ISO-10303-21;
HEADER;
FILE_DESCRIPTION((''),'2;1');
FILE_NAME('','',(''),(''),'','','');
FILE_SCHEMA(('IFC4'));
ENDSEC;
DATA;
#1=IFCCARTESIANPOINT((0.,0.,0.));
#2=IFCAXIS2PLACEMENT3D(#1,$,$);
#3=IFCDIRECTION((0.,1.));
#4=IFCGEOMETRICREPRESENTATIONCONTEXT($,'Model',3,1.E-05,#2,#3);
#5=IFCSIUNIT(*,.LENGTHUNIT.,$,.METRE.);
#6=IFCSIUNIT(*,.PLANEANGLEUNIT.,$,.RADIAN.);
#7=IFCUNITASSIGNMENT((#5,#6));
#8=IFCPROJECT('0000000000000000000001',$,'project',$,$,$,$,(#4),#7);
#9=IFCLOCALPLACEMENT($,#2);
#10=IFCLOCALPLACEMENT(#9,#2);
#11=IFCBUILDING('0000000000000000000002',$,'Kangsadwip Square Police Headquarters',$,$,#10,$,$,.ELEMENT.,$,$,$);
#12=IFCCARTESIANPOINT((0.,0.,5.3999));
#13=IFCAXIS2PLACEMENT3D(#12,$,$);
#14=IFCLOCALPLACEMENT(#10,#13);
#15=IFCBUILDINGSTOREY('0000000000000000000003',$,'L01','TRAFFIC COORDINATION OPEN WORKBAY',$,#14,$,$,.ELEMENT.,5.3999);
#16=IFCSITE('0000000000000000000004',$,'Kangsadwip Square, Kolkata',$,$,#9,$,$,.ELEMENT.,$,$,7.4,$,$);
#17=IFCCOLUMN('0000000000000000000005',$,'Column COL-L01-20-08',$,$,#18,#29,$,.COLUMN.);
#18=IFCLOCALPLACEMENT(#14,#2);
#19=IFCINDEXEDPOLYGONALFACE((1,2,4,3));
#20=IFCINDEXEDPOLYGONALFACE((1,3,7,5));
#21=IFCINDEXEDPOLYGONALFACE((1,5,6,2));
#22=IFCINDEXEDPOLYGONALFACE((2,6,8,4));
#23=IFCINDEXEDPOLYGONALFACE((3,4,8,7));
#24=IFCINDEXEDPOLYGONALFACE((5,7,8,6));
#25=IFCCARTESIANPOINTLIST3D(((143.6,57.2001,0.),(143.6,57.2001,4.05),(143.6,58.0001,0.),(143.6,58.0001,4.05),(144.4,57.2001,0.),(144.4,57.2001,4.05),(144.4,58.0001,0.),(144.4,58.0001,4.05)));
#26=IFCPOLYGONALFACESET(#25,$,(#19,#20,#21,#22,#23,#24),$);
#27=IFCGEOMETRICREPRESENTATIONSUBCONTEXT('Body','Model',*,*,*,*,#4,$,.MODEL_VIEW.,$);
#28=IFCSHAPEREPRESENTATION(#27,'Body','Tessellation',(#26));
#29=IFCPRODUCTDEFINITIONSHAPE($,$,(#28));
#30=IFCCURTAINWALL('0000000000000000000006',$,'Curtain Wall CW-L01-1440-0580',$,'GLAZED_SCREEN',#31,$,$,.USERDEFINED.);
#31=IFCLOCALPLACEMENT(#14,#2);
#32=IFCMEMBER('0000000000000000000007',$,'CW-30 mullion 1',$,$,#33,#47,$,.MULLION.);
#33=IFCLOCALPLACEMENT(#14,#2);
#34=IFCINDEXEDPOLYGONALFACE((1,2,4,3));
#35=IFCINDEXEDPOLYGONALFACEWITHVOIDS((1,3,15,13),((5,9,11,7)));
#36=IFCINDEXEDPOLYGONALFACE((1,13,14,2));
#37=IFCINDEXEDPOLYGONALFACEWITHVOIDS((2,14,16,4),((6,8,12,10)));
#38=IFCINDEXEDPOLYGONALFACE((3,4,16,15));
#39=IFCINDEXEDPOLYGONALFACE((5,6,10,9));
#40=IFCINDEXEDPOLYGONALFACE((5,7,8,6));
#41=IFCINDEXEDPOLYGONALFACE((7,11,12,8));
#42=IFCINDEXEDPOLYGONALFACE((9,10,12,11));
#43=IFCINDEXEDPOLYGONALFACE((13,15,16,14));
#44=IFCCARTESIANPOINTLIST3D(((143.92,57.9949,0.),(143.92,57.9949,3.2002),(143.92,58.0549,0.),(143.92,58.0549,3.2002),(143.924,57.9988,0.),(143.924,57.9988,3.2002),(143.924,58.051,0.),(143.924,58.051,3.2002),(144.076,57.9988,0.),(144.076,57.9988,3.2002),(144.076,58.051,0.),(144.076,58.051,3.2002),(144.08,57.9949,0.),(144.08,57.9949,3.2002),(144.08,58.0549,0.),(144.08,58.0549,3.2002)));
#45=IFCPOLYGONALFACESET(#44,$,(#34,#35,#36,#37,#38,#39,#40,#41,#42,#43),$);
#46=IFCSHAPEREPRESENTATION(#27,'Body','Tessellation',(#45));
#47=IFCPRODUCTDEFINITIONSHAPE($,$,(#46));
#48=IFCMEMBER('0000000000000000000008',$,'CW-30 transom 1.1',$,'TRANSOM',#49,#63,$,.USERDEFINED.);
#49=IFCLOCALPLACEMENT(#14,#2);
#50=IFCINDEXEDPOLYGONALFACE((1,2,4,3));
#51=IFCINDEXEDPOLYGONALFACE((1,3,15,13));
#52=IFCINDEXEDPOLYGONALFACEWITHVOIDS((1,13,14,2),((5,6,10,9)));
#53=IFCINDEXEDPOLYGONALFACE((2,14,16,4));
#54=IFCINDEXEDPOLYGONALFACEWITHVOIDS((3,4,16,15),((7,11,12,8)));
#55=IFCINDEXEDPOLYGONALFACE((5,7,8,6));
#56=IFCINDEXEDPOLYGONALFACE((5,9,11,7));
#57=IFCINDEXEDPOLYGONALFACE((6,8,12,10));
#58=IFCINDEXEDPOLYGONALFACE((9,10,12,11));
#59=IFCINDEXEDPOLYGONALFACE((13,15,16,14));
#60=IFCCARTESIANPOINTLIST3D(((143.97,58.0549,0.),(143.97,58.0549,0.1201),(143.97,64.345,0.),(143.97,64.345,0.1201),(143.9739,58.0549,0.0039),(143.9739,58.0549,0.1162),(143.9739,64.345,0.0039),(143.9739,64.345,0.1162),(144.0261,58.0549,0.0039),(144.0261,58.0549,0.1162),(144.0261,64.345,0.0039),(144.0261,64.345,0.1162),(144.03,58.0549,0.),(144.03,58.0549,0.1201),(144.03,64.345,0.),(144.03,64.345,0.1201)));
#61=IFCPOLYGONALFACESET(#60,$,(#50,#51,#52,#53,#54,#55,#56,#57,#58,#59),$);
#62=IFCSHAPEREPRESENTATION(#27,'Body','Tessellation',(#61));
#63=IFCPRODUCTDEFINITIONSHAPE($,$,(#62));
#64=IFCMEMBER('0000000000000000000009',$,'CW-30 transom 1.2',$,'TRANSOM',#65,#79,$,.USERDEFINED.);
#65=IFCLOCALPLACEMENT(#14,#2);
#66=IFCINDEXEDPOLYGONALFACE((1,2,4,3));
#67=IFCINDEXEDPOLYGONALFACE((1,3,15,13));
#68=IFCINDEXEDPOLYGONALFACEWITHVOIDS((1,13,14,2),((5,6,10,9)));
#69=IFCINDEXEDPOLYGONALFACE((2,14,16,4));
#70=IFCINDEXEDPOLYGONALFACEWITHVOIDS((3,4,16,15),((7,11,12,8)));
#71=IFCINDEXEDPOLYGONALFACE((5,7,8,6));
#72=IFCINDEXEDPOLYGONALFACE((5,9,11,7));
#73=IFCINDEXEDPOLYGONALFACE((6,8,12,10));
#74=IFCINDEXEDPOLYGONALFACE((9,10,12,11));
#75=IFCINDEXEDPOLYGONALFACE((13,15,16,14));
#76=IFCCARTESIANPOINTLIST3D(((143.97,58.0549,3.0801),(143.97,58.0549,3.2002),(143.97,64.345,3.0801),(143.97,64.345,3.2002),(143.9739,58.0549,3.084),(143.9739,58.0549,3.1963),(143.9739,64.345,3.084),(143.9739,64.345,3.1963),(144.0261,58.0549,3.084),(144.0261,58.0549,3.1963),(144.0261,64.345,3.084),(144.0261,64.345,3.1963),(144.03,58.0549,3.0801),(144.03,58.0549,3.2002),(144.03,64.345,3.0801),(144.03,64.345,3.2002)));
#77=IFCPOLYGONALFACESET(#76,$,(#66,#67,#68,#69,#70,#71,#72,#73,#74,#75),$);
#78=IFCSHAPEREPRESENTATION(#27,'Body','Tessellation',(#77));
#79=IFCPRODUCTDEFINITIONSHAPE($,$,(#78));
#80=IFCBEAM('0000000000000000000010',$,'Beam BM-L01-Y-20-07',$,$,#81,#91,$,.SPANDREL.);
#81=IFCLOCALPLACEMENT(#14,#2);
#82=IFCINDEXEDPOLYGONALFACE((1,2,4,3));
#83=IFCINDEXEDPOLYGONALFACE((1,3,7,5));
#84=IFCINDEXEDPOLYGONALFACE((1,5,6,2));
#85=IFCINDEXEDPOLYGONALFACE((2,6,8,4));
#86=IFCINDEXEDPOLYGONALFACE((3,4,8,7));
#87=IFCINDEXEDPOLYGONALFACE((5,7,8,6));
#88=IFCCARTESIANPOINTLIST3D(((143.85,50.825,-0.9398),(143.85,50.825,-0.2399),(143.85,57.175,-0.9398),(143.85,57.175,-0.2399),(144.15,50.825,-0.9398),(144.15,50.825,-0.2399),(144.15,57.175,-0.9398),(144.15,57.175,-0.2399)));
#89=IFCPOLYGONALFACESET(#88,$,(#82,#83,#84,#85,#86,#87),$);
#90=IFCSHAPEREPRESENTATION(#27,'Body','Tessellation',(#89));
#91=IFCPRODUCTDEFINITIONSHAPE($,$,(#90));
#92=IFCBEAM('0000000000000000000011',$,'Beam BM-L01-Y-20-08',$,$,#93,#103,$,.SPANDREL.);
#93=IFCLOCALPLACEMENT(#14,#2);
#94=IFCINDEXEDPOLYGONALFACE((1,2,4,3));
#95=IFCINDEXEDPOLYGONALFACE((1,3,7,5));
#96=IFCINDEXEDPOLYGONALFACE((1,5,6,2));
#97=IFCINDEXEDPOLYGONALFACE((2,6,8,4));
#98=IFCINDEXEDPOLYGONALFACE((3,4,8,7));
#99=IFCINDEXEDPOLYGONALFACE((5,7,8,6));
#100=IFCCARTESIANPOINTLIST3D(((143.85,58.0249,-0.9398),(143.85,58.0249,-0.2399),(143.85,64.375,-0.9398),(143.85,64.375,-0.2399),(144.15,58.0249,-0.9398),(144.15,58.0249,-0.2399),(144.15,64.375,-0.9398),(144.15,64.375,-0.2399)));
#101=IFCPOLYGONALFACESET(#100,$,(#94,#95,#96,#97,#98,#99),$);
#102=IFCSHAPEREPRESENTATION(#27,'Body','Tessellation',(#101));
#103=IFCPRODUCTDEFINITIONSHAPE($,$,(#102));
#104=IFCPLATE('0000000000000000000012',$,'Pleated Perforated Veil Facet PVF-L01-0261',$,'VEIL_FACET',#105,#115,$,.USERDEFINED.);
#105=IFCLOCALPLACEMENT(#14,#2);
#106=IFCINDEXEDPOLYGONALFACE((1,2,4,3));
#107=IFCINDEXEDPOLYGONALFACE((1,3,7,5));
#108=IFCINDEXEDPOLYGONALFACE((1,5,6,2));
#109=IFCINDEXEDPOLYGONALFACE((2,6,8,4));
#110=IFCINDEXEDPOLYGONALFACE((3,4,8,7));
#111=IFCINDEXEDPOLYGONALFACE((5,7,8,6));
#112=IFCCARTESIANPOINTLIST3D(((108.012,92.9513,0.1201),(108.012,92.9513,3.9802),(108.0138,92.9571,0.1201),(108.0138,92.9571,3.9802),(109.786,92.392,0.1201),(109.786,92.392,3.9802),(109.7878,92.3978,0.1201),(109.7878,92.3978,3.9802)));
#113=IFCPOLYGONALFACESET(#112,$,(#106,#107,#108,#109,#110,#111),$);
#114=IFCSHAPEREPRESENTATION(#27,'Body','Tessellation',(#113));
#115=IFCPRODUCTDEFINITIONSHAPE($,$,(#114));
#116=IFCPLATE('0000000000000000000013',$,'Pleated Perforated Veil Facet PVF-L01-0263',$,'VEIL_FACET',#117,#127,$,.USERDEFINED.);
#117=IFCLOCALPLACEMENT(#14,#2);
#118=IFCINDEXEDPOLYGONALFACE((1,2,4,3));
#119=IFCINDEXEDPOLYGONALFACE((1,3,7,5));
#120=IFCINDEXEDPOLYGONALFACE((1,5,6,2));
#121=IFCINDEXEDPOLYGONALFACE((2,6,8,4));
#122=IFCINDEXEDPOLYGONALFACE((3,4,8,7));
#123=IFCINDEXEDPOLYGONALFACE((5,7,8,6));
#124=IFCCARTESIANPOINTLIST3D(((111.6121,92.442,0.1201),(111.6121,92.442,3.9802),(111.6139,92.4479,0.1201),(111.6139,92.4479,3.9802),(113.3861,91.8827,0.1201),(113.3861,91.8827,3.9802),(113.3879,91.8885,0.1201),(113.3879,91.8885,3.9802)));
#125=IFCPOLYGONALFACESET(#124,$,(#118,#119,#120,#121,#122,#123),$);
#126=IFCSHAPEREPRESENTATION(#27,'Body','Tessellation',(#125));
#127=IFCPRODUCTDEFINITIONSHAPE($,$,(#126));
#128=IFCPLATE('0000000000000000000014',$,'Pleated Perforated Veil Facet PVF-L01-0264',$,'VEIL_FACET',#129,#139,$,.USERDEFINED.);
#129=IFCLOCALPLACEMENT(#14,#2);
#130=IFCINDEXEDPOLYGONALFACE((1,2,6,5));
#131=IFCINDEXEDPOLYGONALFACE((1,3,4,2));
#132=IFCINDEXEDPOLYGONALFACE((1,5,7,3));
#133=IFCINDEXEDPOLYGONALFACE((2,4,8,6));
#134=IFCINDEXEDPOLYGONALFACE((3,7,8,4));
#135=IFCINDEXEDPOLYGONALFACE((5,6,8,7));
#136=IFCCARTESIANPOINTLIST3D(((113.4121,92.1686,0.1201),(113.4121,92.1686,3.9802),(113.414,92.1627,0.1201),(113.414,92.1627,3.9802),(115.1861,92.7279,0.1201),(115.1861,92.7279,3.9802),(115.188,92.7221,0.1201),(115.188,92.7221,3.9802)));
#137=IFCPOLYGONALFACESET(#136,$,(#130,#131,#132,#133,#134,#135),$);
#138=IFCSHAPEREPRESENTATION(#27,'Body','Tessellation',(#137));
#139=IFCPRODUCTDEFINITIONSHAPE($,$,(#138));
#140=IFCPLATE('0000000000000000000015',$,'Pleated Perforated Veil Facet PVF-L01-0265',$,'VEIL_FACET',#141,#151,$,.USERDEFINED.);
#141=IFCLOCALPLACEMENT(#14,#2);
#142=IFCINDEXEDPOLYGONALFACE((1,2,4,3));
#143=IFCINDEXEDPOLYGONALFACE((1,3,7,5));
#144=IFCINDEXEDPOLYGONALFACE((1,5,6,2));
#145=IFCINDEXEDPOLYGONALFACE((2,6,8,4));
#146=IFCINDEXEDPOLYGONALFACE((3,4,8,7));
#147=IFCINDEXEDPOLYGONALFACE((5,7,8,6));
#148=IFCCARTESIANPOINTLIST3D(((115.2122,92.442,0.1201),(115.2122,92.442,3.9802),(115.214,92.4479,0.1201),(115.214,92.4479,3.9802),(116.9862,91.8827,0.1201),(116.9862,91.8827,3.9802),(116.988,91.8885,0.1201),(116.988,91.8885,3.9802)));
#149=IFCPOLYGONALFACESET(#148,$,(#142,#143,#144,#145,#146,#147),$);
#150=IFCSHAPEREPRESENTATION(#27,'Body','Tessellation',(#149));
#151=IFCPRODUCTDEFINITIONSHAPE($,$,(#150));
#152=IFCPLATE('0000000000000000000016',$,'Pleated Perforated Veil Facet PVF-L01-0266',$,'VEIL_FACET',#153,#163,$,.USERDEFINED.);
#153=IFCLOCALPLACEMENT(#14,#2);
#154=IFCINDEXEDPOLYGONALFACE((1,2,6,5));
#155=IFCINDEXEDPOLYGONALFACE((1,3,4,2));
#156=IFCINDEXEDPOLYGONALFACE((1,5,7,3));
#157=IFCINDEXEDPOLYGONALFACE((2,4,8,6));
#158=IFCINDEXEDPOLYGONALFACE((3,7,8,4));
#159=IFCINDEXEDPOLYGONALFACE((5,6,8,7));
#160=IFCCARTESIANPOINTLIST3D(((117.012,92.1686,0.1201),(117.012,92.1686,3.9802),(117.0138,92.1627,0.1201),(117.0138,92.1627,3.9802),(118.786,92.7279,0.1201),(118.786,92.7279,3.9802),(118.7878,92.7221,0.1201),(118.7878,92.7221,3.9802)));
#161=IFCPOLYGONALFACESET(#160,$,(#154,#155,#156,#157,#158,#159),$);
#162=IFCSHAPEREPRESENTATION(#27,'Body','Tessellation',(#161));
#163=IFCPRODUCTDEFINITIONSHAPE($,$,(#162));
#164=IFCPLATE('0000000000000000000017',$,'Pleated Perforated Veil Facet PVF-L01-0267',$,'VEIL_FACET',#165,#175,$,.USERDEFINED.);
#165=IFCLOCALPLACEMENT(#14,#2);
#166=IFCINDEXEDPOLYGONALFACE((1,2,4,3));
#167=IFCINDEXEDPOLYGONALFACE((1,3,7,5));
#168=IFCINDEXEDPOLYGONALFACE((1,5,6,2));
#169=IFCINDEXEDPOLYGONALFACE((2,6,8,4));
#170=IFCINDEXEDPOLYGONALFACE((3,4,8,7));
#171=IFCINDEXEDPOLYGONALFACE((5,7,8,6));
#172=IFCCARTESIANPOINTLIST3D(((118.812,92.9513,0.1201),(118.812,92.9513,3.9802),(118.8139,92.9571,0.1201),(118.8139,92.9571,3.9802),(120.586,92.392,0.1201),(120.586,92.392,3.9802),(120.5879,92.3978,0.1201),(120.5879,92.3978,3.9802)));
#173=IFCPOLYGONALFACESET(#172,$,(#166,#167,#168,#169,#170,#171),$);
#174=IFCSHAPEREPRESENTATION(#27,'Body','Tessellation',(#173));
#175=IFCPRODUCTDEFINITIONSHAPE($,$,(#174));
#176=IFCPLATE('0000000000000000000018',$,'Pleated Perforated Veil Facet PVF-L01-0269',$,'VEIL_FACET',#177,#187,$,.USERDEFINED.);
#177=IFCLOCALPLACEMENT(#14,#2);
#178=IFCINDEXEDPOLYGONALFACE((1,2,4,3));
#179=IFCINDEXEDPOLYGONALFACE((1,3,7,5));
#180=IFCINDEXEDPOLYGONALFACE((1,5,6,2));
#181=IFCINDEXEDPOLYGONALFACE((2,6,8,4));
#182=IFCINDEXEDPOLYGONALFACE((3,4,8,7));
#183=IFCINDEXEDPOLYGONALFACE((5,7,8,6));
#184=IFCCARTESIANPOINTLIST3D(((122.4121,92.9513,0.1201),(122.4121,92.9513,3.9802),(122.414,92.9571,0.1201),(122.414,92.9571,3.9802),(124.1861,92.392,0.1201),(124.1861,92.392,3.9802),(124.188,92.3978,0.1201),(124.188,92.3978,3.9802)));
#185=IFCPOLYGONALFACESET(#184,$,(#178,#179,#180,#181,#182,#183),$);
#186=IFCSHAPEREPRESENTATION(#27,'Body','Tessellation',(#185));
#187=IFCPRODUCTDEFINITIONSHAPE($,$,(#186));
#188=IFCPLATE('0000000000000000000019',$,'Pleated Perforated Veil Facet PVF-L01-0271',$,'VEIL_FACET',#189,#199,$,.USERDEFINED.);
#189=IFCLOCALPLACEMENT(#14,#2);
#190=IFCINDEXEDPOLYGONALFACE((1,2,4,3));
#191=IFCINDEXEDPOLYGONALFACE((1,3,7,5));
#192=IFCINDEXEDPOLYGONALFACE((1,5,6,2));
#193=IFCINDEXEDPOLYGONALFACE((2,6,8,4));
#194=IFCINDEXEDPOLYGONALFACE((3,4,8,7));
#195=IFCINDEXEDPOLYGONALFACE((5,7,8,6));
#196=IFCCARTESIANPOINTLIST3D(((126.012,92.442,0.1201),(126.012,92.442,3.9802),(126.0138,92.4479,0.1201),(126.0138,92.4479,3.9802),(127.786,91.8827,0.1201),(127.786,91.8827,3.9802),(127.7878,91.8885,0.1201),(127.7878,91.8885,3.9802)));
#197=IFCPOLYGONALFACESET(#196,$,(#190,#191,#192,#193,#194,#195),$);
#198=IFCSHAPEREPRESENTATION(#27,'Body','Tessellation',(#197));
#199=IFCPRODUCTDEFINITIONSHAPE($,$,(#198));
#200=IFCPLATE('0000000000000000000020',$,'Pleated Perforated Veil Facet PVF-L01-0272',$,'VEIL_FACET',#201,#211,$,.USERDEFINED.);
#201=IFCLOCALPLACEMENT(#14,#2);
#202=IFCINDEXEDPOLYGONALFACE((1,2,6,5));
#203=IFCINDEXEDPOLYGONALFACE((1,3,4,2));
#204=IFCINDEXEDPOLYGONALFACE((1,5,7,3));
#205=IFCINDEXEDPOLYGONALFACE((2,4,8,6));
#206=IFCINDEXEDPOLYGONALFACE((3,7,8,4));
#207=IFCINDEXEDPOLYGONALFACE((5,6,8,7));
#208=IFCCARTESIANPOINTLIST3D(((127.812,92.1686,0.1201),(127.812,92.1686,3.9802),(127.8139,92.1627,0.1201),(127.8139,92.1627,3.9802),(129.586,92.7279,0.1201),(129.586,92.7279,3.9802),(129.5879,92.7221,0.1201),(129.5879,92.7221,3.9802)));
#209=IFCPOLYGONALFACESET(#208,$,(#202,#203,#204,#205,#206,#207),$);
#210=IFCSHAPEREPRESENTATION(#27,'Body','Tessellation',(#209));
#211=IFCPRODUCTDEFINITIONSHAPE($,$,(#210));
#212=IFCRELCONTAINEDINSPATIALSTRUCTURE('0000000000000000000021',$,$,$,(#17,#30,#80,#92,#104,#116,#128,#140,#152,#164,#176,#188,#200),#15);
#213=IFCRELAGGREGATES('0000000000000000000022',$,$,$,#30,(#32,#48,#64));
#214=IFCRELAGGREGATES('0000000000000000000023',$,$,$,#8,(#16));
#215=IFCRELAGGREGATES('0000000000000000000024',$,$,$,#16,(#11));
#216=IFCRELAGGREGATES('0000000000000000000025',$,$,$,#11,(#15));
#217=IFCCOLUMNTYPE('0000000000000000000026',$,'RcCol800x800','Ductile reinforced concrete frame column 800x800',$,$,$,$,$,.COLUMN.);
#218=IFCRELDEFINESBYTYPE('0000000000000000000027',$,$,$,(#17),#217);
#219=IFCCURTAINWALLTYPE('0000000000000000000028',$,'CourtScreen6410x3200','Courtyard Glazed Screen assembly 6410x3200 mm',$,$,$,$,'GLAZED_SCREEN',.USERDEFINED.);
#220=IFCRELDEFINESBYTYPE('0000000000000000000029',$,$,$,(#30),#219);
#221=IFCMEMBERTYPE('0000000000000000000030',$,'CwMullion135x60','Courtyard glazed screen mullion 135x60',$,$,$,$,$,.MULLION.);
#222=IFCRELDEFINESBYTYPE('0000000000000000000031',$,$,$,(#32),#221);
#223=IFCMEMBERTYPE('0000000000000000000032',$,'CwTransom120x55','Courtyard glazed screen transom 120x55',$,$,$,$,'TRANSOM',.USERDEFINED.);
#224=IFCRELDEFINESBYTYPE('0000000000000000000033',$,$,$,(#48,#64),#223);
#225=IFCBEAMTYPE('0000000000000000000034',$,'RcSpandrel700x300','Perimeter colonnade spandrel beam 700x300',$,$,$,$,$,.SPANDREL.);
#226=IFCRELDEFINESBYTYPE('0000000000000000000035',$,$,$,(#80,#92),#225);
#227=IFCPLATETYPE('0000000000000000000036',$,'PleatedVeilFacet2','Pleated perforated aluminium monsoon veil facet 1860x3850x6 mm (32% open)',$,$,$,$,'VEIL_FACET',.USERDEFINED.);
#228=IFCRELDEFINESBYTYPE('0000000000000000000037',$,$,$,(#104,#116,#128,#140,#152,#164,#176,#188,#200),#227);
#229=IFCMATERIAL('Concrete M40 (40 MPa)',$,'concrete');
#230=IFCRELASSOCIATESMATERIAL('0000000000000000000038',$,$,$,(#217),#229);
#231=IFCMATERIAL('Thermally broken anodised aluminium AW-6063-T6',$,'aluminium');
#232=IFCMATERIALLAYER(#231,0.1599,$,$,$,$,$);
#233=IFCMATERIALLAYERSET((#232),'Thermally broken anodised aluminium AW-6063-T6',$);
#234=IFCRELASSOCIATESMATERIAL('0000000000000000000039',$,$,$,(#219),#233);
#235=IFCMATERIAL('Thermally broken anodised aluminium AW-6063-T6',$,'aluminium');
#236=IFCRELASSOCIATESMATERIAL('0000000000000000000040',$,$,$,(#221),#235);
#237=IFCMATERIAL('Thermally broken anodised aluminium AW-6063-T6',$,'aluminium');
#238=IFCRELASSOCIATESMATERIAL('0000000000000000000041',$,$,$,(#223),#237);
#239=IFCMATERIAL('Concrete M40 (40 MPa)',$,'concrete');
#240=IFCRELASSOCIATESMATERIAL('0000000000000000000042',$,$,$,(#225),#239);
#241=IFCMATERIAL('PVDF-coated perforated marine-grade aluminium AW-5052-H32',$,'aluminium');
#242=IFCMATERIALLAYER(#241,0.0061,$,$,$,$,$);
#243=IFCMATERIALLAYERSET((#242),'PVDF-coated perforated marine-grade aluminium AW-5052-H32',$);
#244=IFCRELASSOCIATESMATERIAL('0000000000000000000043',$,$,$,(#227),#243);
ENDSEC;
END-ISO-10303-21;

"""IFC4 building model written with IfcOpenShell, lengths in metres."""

from ifc_helpers import new_model, si_unit, direction, frame, origin, origin_2d, place, context, subcontext, project, spatial, rectangle, hollow_rectangle, extrude, material, layer, layer_set, material_profile, profile_set, type_object, element, aggregate, save


model = new_model("IFC4")

# Units and contexts
model_context = context("Model", 3, precision=1e-05, world=origin(), true_north=direction((0.0, 1.0)))
body_context = subcontext(model_context, "Body", "Model", "MODEL_VIEW")
ifc_project = project(units=[si_unit("LENGTHUNIT", "METRE"), si_unit("PLANEANGLEUNIT", "RADIAN")], contexts=[model_context])

# Site, building, storey
site_placement = place(None, origin())
site = spatial("IfcSite", under=ifc_project, at=site_placement, Name="Kangsadwip Square, Kolkata", CompositionType="ELEMENT", RefElevation=7.4)
building_placement = place(site_placement, origin())
building = spatial("IfcBuilding", under=site, at=building_placement, Name="Kangsadwip Square Police Headquarters", CompositionType="ELEMENT")
storey_placement = place(building_placement, frame((0.0, 0.0, 5.3999)))
storey = spatial("IfcBuildingStorey", under=building, at=storey_placement, Name="L01", Description="TRAFFIC COORDINATION OPEN WORKBAY", CompositionType="ELEMENT", Elevation=5.3999)

# Column
ifc_material_1 = material(Name="Concrete M40 (40 MPa)", Category="concrete")
ifc_material_profile_1 = material_profile(ifc_material_1, rectangle(XDim=0.8, YDim=0.8, at=origin_2d()), Name="RC COL 800X800")
ifc_profile_set_1 = profile_set([ifc_material_profile_1], Name="Concrete M40 (40 MPa)")
column_type = type_object("IfcColumnType", Name="RcCol800x800", Description="Ductile reinforced concrete frame column 800x800", PredefinedType="COLUMN", material=ifc_profile_set_1)
column_placement = place(storey_placement, frame((144.0, 57.6001, 0.0), z_axis=(0.0, 0.0, 1.0), x_axis=(1.0, 0.0, 0.0)))
element("IfcColumn", 1, at=column_placement, inside=storey, type_object=column_type, Name="Column COL-L01-20-08", PredefinedType="COLUMN", context=body_context, shape_type="SweptSolid", body=[
    extrude(rectangle(XDim=0.8, YDim=0.8, at=origin_2d()), origin(), (0.0, 0.0, 1.0), 4.05),
])

# Curtain wall, members
ifc_material_2 = material(Name="Thermally broken anodised aluminium AW-6063-T6", Category="aluminium")
ifc_layer_1 = layer(ifc_material_2, 0.1599)
ifc_layer_set_1 = layer_set([ifc_layer_1], Name="Thermally broken anodised aluminium AW-6063-T6")
curtain_wall_type = type_object("IfcCurtainWallType", Name="CourtScreen6410x3200", Description="Courtyard Glazed Screen assembly 6410x3200 mm", ElementType="GLAZED_SCREEN", PredefinedType="USERDEFINED", material=ifc_layer_set_1)
curtain_wall_placement = place(storey_placement, origin())
curtain_wall = element("IfcCurtainWall", 2, at=curtain_wall_placement, inside=storey, type_object=curtain_wall_type, Name="Curtain Wall CW-L01-1440-0580", ObjectType="GLAZED_SCREEN", PredefinedType="USERDEFINED")
ifc_material_3 = material(Name="Thermally broken anodised aluminium AW-6063-T6", Category="aluminium")
ifc_material_profile_2 = material_profile(ifc_material_3, hollow_rectangle(XDim=0.0601, YDim=0.1599, WallThickness=0.0039, at=origin_2d()), Name="CWM 160X60X4")
ifc_profile_set_2 = profile_set([ifc_material_profile_2], Name="Thermally broken anodised aluminium AW-6063-T6")
member_type_1 = type_object("IfcMemberType", Name="CwMullion135x60", Description="Courtyard glazed screen mullion 135x60", PredefinedType="MULLION", material=ifc_profile_set_2)
member_1_placement = place(storey_placement, frame((144.0, 58.0249, 0.0), z_axis=(0.0, 0.0, 1.0), x_axis=(0.0, 1.0, 0.0)))
member_1 = element("IfcMember", 3, at=member_1_placement, type_object=member_type_1, Name="CW-30 mullion 1", PredefinedType="MULLION", context=body_context, shape_type="SweptSolid", body=[
    extrude(hollow_rectangle(XDim=0.0601, YDim=0.1599, WallThickness=0.0039, at=origin_2d()), origin(), (0.0, 0.0, 1.0), 3.2002),
])
ifc_material_4 = material(Name="Thermally broken anodised aluminium AW-6063-T6", Category="aluminium")
ifc_material_profile_3 = material_profile(ifc_material_4, hollow_rectangle(XDim=0.0601, YDim=0.1201, WallThickness=0.0039, at=origin_2d()), Name="CWT 120X60X4")
ifc_profile_set_3 = profile_set([ifc_material_profile_3], Name="Thermally broken anodised aluminium AW-6063-T6")
member_type_2 = type_object("IfcMemberType", Name="CwTransom120x55", Description="Courtyard glazed screen transom 120x55", ElementType="TRANSOM", PredefinedType="USERDEFINED", material=ifc_profile_set_3)
member_2_placement = place(storey_placement, frame((144.0, 58.0549, 0.0601), z_axis=(0.0, 1.0, 0.0), x_axis=(-1.0, 0.0, 0.0)))
member_2 = element("IfcMember", 4, at=member_2_placement, type_object=member_type_2, Name="CW-30 transom 1.1", ObjectType="TRANSOM", PredefinedType="USERDEFINED", context=body_context, shape_type="SweptSolid", body=[
    extrude(hollow_rectangle(XDim=0.0601, YDim=0.1201, WallThickness=0.0039, at=origin_2d()), origin(), (0.0, 0.0, 1.0), 6.29),
])
member_3_placement = place(storey_placement, frame((144.0, 58.0549, 3.1401), z_axis=(0.0, 1.0, 0.0), x_axis=(-1.0, 0.0, 0.0)))
member_3 = element("IfcMember", 5, at=member_3_placement, type_object=member_type_2, Name="CW-30 transom 1.2", ObjectType="TRANSOM", PredefinedType="USERDEFINED", context=body_context, shape_type="SweptSolid", body=[
    extrude(hollow_rectangle(XDim=0.0601, YDim=0.1201, WallThickness=0.0039, at=origin_2d()), origin(), (0.0, 0.0, 1.0), 6.29),
])
aggregate(curtain_wall, [member_1, member_2, member_3])

# Beams
ifc_material_5 = material(Name="Concrete M40 (40 MPa)", Category="concrete")
ifc_material_profile_4 = material_profile(ifc_material_5, rectangle(XDim=0.3, YDim=0.7, at=origin_2d()), Name="RC SPN 700X300")
ifc_profile_set_4 = profile_set([ifc_material_profile_4], Name="Concrete M40 (40 MPa)")
beam_type = type_object("IfcBeamType", Name="RcSpandrel700x300", Description="Perimeter colonnade spandrel beam 700x300", PredefinedType="SPANDREL", material=ifc_profile_set_4)
for number, where, z_axis, x_axis, name in (
    (6, (144.0, 50.825, -0.5898), (0.0, 1.0, 0.0), (-1.0, 0.0, 0.0), "Beam BM-L01-Y-20-07"),
    (7, (144.0, 58.0249, -0.5898), (0.0, 1.0, 0.0), (-1.0, 0.0, 0.0), "Beam BM-L01-Y-20-08"),
):
    element("IfcBeam", number, at=place(storey_placement, frame(where, z_axis=z_axis, x_axis=x_axis)), inside=storey, type_object=beam_type, Name=name, PredefinedType="SPANDREL", context=body_context, shape_type="SweptSolid", body=[
        extrude(rectangle(XDim=0.3, YDim=0.7, at=origin_2d()), origin(), (0.0, 0.0, 1.0), 6.3501),
    ])

# Plates
ifc_material_6 = material(Name="PVDF-coated perforated marine-grade aluminium AW-5052-H32", Category="aluminium")
ifc_layer_2 = layer(ifc_material_6, 0.0061)
ifc_layer_set_2 = layer_set([ifc_layer_2], Name="PVDF-coated perforated marine-grade aluminium AW-5052-H32")
plate_type = type_object("IfcPlateType", Name="PleatedVeilFacet2", Description="Pleated perforated aluminium monsoon veil facet 1860x3850x6 mm (32% open)", ElementType="VEIL_FACET", PredefinedType="USERDEFINED", material=ifc_layer_set_2)
for number, where, z_axis, x_axis, name in (
    (8, (108.8999, 92.6746, 0.1201), (0.0, 0.0, 1.0), (0.953717, -0.300706, 0.0), "Pleated Perforated Veil Facet PVF-L01-0261"),
    (9, (112.5, 92.1653, 0.1201), (0.0, 0.0, 1.0), (0.953717, -0.300706, 0.0), "Pleated Perforated Veil Facet PVF-L01-0263"),
    (10, (114.3, 92.4453, 0.1201), (0.0, 0.0, 1.0), (0.953717, 0.300706, 0.0), "Pleated Perforated Veil Facet PVF-L01-0264"),
    (11, (116.1001, 92.1653, 0.1201), (0.0, 0.0, 1.0), (0.953717, -0.300706, 0.0), "Pleated Perforated Veil Facet PVF-L01-0265"),
    (12, (117.8999, 92.4453, 0.1201), (0.0, 0.0, 1.0), (0.953717, 0.300706, 0.0), "Pleated Perforated Veil Facet PVF-L01-0266"),
    (13, (119.7, 92.6746, 0.1201), (0.0, 0.0, 1.0), (0.953717, -0.300706, 0.0), "Pleated Perforated Veil Facet PVF-L01-0267"),
    (14, (123.3, 92.6746, 0.1201), (0.0, 0.0, 1.0), (0.953717, -0.300706, 0.0), "Pleated Perforated Veil Facet PVF-L01-0269"),
    (15, (126.8999, 92.1653, 0.1201), (0.0, 0.0, 1.0), (0.953717, -0.300706, 0.0), "Pleated Perforated Veil Facet PVF-L01-0271"),
    (16, (128.7, 92.4453, 0.1201), (0.0, 0.0, 1.0), (0.953717, 0.300706, 0.0), "Pleated Perforated Veil Facet PVF-L01-0272"),
):
    element("IfcPlate", number, at=place(storey_placement, frame(where, z_axis=z_axis, x_axis=x_axis)), inside=storey, type_object=plate_type, Name=name, ObjectType="VEIL_FACET", PredefinedType="USERDEFINED", context=body_context, shape_type="SweptSolid", body=[
        extrude(rectangle(XDim=1.8601, YDim=0.0061, at=origin_2d()), origin(), (0.0, 0.0, 1.0), 3.8601),
    ])

save(model, "model.ifc")
